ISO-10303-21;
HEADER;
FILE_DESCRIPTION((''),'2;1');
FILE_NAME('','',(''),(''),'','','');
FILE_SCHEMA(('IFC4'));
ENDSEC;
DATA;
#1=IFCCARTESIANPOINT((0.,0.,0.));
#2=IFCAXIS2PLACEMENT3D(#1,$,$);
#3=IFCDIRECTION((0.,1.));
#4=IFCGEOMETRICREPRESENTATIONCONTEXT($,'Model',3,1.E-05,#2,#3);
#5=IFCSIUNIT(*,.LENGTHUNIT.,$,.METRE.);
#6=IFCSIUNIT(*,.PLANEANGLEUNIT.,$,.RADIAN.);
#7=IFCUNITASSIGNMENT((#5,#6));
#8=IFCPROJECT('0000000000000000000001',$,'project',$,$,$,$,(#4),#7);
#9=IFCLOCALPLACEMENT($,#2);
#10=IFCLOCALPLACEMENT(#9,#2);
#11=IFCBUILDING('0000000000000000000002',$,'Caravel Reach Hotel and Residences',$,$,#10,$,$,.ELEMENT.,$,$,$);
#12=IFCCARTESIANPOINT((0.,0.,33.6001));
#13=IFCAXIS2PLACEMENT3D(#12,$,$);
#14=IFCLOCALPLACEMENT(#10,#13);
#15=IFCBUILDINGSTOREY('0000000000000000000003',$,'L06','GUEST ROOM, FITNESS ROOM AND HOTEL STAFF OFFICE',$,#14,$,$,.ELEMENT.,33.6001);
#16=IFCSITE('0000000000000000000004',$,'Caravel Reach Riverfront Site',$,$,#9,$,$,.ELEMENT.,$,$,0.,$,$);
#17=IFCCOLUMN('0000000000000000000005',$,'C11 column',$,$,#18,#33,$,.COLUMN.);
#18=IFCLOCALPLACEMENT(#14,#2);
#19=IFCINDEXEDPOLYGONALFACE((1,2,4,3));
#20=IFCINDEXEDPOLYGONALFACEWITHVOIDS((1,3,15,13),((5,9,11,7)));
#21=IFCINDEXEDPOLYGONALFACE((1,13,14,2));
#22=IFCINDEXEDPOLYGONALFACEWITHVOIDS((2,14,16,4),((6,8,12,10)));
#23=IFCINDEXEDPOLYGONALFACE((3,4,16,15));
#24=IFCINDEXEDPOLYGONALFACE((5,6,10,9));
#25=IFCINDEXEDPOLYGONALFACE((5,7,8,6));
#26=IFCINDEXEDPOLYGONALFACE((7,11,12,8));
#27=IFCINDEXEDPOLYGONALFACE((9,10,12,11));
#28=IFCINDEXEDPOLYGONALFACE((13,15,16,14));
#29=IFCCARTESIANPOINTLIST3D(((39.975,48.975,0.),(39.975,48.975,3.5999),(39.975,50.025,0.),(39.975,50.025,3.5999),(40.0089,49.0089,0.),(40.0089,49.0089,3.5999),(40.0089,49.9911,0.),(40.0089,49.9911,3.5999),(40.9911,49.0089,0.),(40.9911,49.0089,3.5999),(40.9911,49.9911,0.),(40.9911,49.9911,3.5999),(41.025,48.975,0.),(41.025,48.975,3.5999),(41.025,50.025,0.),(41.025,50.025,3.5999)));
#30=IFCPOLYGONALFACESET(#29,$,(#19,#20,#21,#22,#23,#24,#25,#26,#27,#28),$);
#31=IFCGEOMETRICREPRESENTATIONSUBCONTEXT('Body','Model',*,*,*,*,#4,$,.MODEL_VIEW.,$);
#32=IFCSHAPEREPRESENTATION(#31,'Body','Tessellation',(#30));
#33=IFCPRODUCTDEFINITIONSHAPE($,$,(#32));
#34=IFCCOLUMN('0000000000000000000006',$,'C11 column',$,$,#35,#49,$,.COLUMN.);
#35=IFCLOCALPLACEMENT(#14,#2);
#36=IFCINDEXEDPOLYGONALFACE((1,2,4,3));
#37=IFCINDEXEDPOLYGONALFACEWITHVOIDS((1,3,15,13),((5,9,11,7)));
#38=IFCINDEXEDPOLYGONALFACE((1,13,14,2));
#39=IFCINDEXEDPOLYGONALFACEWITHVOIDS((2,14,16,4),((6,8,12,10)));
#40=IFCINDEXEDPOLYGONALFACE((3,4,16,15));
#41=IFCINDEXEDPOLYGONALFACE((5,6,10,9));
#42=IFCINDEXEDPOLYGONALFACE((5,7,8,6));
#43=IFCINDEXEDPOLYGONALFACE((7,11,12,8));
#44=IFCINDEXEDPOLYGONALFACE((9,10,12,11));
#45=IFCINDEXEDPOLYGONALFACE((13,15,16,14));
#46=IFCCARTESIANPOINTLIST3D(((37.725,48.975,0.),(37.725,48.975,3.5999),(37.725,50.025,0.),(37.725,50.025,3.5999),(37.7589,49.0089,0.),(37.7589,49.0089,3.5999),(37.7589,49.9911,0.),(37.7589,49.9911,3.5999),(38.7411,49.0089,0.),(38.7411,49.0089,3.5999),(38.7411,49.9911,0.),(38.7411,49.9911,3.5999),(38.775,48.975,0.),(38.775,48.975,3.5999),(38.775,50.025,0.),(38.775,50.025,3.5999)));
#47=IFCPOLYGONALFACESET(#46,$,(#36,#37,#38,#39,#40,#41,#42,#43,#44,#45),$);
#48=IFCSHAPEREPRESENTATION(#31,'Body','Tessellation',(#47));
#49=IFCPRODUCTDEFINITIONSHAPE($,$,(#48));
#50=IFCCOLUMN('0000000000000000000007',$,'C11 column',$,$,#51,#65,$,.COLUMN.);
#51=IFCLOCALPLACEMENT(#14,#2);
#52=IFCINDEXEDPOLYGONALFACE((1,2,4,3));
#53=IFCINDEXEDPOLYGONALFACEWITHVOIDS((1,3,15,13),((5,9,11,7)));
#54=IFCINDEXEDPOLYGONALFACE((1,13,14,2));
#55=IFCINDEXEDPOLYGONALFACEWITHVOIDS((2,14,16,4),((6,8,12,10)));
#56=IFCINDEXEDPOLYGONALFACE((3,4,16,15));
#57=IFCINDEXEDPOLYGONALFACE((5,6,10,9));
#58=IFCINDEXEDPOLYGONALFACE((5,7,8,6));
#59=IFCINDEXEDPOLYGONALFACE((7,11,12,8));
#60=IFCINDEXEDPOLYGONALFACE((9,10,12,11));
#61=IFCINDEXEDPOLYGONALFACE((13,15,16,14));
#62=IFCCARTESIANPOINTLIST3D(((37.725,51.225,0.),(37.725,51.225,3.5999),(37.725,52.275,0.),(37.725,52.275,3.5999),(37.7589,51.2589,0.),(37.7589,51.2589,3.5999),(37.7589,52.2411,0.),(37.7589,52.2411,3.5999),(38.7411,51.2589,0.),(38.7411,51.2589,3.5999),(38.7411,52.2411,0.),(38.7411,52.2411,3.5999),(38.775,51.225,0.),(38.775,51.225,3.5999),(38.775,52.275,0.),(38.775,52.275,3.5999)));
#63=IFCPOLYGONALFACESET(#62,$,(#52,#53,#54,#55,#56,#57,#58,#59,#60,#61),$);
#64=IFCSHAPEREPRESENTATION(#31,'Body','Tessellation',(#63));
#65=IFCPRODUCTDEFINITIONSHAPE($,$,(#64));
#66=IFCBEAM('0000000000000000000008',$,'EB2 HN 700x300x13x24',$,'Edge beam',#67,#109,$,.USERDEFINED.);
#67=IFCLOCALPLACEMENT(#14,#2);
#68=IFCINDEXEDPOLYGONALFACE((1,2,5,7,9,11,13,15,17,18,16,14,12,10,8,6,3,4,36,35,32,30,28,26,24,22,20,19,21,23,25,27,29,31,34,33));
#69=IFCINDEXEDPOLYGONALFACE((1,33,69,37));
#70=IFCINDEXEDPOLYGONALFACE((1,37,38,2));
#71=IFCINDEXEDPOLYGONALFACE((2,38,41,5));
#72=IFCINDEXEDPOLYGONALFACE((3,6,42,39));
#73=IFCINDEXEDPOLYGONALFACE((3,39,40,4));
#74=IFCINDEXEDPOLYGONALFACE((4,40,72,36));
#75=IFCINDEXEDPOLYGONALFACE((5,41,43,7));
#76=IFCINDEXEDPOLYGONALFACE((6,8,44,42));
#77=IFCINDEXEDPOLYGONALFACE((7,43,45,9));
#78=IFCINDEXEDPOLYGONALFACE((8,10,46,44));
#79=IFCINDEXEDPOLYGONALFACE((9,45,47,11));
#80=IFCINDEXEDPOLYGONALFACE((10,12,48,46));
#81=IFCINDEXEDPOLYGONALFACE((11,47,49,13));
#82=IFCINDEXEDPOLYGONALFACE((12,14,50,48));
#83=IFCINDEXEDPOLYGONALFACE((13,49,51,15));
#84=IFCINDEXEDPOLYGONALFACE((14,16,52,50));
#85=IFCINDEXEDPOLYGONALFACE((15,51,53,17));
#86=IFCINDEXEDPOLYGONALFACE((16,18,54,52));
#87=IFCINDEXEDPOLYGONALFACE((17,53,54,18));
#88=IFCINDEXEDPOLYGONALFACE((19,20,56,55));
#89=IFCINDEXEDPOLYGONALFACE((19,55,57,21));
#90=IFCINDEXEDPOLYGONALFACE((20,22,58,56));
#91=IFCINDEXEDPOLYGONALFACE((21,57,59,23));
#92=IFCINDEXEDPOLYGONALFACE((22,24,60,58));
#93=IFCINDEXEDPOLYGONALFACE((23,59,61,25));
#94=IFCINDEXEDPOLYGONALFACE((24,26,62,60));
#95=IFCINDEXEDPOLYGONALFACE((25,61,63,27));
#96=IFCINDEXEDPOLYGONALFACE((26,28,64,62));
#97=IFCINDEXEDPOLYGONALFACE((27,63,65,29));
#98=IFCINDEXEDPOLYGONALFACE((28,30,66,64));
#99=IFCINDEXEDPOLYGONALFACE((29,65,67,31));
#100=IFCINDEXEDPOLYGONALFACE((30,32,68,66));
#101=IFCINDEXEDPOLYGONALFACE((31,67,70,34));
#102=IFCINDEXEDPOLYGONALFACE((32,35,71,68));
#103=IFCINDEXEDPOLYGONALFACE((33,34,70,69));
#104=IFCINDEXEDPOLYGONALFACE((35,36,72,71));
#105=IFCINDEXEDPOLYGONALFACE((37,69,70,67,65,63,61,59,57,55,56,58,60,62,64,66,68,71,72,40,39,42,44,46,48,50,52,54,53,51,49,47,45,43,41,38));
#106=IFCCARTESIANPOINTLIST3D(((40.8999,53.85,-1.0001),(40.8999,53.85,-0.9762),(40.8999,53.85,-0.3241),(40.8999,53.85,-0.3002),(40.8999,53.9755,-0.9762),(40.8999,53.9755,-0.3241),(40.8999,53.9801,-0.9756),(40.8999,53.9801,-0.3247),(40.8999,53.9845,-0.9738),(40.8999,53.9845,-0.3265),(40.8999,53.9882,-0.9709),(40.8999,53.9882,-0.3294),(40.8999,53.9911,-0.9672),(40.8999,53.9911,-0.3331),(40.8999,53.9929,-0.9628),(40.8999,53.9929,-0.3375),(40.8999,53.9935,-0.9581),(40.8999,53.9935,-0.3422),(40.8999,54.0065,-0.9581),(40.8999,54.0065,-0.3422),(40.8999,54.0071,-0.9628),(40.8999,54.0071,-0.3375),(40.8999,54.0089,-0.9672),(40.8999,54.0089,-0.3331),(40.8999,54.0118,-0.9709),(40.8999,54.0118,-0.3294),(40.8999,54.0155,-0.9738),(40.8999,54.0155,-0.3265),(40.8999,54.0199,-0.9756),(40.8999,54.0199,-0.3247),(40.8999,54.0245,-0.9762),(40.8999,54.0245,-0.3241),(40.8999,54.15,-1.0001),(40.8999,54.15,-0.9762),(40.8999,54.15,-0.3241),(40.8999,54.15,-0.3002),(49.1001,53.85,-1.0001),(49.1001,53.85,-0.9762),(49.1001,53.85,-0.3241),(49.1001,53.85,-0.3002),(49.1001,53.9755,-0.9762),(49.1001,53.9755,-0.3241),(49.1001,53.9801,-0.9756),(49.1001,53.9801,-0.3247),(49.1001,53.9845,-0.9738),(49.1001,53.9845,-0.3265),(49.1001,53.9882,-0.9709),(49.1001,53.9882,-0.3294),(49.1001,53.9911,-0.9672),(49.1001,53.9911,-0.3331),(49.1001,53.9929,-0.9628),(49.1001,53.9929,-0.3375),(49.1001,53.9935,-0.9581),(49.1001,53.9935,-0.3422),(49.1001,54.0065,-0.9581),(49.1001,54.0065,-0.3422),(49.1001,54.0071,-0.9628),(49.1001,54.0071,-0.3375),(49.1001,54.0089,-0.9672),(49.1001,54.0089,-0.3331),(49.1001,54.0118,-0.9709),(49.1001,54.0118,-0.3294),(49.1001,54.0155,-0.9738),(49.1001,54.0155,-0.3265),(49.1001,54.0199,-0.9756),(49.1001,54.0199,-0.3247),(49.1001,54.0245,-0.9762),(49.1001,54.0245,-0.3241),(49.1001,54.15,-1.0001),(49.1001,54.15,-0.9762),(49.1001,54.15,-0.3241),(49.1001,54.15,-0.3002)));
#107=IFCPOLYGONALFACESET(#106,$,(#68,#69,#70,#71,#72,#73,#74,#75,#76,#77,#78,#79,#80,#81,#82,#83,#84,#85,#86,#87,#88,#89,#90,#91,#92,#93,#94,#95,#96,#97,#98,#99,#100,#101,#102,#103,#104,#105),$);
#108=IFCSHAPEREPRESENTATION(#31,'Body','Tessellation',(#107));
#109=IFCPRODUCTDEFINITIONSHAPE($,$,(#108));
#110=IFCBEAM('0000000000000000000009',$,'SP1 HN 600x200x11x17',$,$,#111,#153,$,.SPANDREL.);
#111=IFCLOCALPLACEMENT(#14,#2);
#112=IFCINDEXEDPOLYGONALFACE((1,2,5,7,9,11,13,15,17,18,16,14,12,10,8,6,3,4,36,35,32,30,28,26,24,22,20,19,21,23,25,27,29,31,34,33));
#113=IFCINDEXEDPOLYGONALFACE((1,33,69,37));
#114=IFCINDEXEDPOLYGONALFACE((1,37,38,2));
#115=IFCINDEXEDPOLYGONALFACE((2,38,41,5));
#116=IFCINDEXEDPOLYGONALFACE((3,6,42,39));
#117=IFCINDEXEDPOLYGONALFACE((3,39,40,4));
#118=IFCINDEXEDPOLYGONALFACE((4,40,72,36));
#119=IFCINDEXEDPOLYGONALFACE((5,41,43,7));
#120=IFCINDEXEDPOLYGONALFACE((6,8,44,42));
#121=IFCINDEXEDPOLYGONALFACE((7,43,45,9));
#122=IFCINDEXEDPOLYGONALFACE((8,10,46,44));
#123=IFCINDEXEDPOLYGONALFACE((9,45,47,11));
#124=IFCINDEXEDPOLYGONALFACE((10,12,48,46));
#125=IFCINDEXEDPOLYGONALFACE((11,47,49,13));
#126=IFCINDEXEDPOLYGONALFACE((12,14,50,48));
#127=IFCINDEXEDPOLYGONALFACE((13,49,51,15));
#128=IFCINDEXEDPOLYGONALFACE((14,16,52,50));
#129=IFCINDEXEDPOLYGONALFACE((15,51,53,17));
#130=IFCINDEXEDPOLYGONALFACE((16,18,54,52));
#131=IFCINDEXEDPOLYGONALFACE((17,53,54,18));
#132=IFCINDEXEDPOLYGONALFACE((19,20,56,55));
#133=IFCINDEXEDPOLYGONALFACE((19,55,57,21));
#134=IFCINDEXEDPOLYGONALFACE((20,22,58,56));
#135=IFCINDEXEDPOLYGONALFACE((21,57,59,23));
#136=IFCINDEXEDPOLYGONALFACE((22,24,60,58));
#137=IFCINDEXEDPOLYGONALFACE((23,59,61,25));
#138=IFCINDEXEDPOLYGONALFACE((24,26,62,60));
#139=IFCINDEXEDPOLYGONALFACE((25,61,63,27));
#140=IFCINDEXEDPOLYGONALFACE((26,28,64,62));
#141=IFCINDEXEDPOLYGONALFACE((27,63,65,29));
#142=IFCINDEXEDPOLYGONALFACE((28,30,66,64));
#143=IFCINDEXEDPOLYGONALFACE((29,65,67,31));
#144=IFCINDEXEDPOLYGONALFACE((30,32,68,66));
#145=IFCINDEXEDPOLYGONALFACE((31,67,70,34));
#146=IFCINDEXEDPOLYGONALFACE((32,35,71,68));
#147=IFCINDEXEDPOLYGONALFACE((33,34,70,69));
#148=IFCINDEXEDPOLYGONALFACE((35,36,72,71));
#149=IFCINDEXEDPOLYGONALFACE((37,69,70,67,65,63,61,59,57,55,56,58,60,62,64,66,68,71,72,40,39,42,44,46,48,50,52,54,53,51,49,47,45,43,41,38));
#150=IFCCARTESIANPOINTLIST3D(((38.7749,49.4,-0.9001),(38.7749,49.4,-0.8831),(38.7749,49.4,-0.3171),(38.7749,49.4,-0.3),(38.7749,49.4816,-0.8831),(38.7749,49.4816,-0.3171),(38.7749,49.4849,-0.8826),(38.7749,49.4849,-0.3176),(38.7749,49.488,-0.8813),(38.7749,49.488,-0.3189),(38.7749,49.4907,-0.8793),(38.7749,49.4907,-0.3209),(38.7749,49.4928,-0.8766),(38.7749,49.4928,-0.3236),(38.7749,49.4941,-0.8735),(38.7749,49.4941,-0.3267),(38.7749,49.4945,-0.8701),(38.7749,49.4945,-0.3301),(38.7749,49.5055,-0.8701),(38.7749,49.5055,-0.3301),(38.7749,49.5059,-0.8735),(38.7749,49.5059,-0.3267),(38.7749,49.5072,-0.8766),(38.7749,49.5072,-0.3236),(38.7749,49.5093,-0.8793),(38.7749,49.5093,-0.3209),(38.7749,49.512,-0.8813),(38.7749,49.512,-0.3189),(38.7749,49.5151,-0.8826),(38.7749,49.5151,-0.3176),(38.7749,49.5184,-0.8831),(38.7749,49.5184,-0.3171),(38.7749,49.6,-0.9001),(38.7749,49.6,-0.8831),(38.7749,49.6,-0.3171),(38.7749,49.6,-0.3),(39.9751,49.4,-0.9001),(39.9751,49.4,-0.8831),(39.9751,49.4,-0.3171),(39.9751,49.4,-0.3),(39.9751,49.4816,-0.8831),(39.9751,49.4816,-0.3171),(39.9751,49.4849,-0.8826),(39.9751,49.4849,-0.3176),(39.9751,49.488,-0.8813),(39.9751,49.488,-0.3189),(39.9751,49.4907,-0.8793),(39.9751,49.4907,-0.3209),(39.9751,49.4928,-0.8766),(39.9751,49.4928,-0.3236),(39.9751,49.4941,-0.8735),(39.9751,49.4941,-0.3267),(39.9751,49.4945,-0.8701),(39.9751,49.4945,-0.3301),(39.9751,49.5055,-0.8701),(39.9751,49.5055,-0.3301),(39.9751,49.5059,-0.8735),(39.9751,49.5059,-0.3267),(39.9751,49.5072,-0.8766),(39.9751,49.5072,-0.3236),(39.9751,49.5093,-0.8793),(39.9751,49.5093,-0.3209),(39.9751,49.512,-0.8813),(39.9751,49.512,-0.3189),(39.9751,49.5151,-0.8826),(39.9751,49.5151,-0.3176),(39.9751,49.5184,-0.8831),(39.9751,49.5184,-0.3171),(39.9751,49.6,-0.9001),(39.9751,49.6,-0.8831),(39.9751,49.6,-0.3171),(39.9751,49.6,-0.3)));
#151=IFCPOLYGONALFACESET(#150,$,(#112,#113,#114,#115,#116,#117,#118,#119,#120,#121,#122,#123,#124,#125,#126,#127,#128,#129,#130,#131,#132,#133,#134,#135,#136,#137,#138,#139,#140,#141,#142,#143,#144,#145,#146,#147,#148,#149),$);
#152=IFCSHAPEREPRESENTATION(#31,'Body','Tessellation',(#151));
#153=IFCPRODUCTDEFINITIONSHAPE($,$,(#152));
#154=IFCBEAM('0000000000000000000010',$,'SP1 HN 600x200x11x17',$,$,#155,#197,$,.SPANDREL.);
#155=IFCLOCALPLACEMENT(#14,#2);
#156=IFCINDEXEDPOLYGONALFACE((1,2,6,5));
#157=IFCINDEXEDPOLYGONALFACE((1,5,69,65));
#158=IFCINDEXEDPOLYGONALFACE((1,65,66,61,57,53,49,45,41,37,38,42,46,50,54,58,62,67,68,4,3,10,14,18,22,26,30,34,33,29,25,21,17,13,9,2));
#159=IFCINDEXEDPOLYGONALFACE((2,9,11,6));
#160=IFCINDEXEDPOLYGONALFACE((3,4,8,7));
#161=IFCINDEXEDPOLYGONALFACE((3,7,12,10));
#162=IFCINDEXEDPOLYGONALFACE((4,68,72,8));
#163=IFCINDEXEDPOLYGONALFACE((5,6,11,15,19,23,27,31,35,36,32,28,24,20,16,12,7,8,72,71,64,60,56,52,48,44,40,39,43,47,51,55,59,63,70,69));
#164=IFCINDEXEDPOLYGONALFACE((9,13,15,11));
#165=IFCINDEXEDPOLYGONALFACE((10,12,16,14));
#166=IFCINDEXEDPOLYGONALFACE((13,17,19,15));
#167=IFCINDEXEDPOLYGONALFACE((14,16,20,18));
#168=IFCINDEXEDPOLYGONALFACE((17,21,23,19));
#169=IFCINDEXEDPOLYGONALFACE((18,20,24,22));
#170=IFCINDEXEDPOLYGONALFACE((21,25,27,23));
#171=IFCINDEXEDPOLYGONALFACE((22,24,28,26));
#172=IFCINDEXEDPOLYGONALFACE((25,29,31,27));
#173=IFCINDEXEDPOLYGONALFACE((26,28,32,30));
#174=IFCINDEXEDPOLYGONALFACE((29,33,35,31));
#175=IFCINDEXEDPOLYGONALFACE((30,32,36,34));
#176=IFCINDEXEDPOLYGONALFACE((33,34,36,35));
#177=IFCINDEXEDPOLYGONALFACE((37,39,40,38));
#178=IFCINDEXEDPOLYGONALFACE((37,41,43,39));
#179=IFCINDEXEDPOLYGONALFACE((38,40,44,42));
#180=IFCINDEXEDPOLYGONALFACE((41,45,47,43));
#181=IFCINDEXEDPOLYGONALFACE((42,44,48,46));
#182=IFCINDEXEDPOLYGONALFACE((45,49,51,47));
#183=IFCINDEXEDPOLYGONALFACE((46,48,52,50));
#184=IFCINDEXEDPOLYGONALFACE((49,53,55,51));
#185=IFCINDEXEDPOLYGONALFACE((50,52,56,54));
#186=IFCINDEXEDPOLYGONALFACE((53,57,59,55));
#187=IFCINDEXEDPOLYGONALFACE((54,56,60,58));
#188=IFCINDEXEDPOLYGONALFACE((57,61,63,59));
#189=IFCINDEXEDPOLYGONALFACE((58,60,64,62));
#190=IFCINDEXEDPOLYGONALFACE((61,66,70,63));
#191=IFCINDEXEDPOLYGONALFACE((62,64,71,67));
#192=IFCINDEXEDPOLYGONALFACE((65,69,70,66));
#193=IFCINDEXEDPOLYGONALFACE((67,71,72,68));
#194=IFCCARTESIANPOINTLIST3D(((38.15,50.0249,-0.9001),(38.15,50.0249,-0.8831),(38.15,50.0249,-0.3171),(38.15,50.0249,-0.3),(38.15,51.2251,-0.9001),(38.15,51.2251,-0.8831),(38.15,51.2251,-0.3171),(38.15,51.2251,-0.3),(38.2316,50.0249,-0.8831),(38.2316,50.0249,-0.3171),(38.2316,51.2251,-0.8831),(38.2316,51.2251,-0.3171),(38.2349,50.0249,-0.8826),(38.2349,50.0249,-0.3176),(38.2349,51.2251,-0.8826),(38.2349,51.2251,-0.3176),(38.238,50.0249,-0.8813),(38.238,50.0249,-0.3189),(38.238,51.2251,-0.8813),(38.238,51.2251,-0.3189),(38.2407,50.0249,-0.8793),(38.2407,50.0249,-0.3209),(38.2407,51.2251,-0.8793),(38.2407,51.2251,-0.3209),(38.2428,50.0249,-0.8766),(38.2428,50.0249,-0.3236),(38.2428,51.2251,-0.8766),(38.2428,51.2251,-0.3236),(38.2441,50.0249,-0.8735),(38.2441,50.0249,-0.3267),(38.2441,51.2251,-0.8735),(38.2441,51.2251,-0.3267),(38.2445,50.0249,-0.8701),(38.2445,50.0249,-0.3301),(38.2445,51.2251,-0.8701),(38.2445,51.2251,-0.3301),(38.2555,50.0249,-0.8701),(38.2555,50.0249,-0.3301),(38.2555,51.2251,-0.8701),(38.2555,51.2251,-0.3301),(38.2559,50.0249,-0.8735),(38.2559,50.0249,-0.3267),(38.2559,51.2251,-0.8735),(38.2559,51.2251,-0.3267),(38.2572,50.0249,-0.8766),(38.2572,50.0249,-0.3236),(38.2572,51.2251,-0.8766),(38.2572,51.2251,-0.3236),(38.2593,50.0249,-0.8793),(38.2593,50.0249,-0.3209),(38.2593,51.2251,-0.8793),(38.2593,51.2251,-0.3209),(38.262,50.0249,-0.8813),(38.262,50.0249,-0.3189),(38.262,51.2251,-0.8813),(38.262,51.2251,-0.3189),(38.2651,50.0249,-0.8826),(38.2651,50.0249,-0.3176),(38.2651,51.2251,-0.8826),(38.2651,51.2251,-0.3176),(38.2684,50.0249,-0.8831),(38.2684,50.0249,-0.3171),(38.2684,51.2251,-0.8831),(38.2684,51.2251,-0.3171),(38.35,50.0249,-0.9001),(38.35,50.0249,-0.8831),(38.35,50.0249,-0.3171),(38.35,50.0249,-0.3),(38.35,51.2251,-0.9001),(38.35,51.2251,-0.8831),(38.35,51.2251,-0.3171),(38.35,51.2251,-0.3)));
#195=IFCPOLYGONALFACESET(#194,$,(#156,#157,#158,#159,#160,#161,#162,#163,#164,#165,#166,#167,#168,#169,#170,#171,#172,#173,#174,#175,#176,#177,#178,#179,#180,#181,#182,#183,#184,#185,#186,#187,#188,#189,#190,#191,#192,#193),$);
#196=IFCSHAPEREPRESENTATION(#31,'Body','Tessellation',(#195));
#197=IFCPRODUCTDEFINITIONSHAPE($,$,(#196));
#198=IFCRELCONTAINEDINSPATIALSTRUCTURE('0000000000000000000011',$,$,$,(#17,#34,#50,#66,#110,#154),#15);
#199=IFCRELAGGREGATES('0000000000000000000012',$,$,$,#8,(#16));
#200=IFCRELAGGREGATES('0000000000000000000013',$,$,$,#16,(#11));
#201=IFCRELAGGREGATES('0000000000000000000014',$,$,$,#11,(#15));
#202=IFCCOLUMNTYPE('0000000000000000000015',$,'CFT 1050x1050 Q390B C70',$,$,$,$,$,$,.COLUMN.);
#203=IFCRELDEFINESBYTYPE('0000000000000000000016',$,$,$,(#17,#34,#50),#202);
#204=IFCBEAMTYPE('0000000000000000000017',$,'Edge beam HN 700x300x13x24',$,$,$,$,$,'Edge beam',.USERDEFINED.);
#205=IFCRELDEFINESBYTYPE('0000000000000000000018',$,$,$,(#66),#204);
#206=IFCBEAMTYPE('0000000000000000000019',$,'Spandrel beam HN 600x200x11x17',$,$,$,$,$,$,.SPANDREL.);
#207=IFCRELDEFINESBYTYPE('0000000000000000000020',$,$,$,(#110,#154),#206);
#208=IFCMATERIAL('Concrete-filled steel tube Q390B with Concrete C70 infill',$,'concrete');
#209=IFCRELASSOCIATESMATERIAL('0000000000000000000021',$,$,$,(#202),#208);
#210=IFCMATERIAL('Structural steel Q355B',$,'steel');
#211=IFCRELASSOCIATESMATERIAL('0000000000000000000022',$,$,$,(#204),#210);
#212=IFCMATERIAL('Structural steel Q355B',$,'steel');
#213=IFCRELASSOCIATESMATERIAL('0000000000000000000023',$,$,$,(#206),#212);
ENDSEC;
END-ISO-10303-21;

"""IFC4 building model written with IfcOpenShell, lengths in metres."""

from ifc_helpers import new_model, si_unit, direction, frame, origin, origin_2d, place, context, subcontext, project, spatial, hollow_rectangle, i_section, extrude, material, material_profile, profile_set, type_object, element, save


model = new_model("IFC4")

# Units and contexts
model_context = context("Model", 3, precision=1e-05, world=origin(), true_north=direction((0.0, 1.0)))
body_context = subcontext(model_context, "Body", "Model", "MODEL_VIEW")
ifc_project = project(units=[si_unit("LENGTHUNIT", "METRE"), si_unit("PLANEANGLEUNIT", "RADIAN")], contexts=[model_context])

# Site, building, storey
site_placement = place(None, origin())
site = spatial("IfcSite", under=ifc_project, at=site_placement, Name="Caravel Reach Riverfront Site", CompositionType="ELEMENT", RefElevation=0.0)
building_placement = place(site_placement, origin())
building = spatial("IfcBuilding", under=site, at=building_placement, Name="Caravel Reach Hotel and Residences", CompositionType="ELEMENT")
storey_placement = place(building_placement, frame((0.0, 0.0, 33.6001)))
storey = spatial("IfcBuildingStorey", under=building, at=storey_placement, Name="L06", Description="GUEST ROOM, FITNESS ROOM AND HOTEL STAFF OFFICE", CompositionType="ELEMENT", Elevation=33.6001)

# Columns
ifc_material_1 = material(Name="Concrete-filled steel tube Q390B with Concrete C70 infill", Category="concrete")
ifc_material_profile_1 = material_profile(ifc_material_1, hollow_rectangle(XDim=1.05, YDim=1.05, WallThickness=0.0339, at=origin_2d()), Name="RHS 1050x1050x34")
ifc_profile_set_1 = profile_set([ifc_material_profile_1], Name="Concrete-filled steel tube Q390B with Concrete C70 infill")
column_type = type_object("IfcColumnType", Name="CFT 1050x1050 Q390B C70", PredefinedType="COLUMN", material=ifc_profile_set_1)
for number, where, z_axis, x_axis, name in (
    (1, (40.5, 49.5, 0.0), (0.0, 0.0, 1.0), (1.0, 0.0, 0.0), "C11 column"),
    (2, (38.25, 49.5, 0.0), (0.0, 0.0, 1.0), (1.0, 0.0, 0.0), "C11 column"),
    (3, (38.25, 51.75, 0.0), (0.0, 0.0, 1.0), (1.0, 0.0, 0.0), "C11 column"),
):
    element("IfcColumn", number, at=place(storey_placement, frame(where, z_axis=z_axis, x_axis=x_axis)), inside=storey, type_object=column_type, Name=name, PredefinedType="COLUMN", context=body_context, shape_type="SweptSolid", body=[
        extrude(hollow_rectangle(XDim=1.05, YDim=1.05, WallThickness=0.0339, at=origin_2d()), origin(), (0.0, 0.0, 1.0), 3.5999),
    ])

# Beams
ifc_material_2 = material(Name="Structural steel Q355B", Category="steel")
ifc_material_profile_2 = material_profile(ifc_material_2, i_section(OverallWidth=0.3, OverallDepth=0.7, WebThickness=0.0129, FlangeThickness=0.0239, FilletRadius=0.0181, at=origin_2d()), Name="HN 700x300x13x24")
ifc_profile_set_2 = profile_set([ifc_material_profile_2], Name="Structural steel Q355B")
beam_type_1 = type_object("IfcBeamType", Name="Edge beam HN 700x300x13x24", ElementType="Edge beam", PredefinedType="USERDEFINED", material=ifc_profile_set_2)
beam_placement = place(storey_placement, frame((40.8999, 54.0, -0.6501), z_axis=(1.0, 0.0, 0.0), x_axis=(0.0, 1.0, 0.0)))
element("IfcBeam", 4, at=beam_placement, inside=storey, type_object=beam_type_1, Name="EB2 HN 700x300x13x24", ObjectType="Edge beam", PredefinedType="USERDEFINED", context=body_context, shape_type="SweptSolid", body=[
    extrude(i_section(OverallWidth=0.3, OverallDepth=0.7, WebThickness=0.0129, FlangeThickness=0.0239, FilletRadius=0.0181, at=origin_2d()), origin(), (0.0, 0.0, 1.0), 8.2002),
])
ifc_material_3 = material(Name="Structural steel Q355B", Category="steel")
ifc_material_profile_3 = material_profile(ifc_material_3, i_section(OverallWidth=0.2, OverallDepth=0.6001, WebThickness=0.011, FlangeThickness=0.0171, FilletRadius=0.0129, at=origin_2d()), Name="HN 600x200x11x17")
ifc_profile_set_3 = profile_set([ifc_material_profile_3], Name="Structural steel Q355B")
beam_type_2 = type_object("IfcBeamType", Name="Spandrel beam HN 600x200x11x17", PredefinedType="SPANDREL", material=ifc_profile_set_3)
for number, where, z_axis, x_axis, name in (
    (5, (39.9751, 49.5, -0.6001), (-1.0, 0.0, 0.0), (0.0, -1.0, 0.0), "SP1 HN 600x200x11x17"),
    (6, (38.25, 50.0249, -0.6001), (0.0, 1.0, 0.0), (-1.0, 0.0, 0.0), "SP1 HN 600x200x11x17"),
):
    element("IfcBeam", number, at=place(storey_placement, frame(where, z_axis=z_axis, x_axis=x_axis)), inside=storey, type_object=beam_type_2, Name=name, PredefinedType="SPANDREL", context=body_context, shape_type="SweptSolid", body=[
        extrude(i_section(OverallWidth=0.2, OverallDepth=0.6001, WebThickness=0.011, FlangeThickness=0.0171, FilletRadius=0.0129, at=origin_2d()), origin(), (0.0, 0.0, 1.0), 1.2002),
    ])

save(model, "model.ifc")
